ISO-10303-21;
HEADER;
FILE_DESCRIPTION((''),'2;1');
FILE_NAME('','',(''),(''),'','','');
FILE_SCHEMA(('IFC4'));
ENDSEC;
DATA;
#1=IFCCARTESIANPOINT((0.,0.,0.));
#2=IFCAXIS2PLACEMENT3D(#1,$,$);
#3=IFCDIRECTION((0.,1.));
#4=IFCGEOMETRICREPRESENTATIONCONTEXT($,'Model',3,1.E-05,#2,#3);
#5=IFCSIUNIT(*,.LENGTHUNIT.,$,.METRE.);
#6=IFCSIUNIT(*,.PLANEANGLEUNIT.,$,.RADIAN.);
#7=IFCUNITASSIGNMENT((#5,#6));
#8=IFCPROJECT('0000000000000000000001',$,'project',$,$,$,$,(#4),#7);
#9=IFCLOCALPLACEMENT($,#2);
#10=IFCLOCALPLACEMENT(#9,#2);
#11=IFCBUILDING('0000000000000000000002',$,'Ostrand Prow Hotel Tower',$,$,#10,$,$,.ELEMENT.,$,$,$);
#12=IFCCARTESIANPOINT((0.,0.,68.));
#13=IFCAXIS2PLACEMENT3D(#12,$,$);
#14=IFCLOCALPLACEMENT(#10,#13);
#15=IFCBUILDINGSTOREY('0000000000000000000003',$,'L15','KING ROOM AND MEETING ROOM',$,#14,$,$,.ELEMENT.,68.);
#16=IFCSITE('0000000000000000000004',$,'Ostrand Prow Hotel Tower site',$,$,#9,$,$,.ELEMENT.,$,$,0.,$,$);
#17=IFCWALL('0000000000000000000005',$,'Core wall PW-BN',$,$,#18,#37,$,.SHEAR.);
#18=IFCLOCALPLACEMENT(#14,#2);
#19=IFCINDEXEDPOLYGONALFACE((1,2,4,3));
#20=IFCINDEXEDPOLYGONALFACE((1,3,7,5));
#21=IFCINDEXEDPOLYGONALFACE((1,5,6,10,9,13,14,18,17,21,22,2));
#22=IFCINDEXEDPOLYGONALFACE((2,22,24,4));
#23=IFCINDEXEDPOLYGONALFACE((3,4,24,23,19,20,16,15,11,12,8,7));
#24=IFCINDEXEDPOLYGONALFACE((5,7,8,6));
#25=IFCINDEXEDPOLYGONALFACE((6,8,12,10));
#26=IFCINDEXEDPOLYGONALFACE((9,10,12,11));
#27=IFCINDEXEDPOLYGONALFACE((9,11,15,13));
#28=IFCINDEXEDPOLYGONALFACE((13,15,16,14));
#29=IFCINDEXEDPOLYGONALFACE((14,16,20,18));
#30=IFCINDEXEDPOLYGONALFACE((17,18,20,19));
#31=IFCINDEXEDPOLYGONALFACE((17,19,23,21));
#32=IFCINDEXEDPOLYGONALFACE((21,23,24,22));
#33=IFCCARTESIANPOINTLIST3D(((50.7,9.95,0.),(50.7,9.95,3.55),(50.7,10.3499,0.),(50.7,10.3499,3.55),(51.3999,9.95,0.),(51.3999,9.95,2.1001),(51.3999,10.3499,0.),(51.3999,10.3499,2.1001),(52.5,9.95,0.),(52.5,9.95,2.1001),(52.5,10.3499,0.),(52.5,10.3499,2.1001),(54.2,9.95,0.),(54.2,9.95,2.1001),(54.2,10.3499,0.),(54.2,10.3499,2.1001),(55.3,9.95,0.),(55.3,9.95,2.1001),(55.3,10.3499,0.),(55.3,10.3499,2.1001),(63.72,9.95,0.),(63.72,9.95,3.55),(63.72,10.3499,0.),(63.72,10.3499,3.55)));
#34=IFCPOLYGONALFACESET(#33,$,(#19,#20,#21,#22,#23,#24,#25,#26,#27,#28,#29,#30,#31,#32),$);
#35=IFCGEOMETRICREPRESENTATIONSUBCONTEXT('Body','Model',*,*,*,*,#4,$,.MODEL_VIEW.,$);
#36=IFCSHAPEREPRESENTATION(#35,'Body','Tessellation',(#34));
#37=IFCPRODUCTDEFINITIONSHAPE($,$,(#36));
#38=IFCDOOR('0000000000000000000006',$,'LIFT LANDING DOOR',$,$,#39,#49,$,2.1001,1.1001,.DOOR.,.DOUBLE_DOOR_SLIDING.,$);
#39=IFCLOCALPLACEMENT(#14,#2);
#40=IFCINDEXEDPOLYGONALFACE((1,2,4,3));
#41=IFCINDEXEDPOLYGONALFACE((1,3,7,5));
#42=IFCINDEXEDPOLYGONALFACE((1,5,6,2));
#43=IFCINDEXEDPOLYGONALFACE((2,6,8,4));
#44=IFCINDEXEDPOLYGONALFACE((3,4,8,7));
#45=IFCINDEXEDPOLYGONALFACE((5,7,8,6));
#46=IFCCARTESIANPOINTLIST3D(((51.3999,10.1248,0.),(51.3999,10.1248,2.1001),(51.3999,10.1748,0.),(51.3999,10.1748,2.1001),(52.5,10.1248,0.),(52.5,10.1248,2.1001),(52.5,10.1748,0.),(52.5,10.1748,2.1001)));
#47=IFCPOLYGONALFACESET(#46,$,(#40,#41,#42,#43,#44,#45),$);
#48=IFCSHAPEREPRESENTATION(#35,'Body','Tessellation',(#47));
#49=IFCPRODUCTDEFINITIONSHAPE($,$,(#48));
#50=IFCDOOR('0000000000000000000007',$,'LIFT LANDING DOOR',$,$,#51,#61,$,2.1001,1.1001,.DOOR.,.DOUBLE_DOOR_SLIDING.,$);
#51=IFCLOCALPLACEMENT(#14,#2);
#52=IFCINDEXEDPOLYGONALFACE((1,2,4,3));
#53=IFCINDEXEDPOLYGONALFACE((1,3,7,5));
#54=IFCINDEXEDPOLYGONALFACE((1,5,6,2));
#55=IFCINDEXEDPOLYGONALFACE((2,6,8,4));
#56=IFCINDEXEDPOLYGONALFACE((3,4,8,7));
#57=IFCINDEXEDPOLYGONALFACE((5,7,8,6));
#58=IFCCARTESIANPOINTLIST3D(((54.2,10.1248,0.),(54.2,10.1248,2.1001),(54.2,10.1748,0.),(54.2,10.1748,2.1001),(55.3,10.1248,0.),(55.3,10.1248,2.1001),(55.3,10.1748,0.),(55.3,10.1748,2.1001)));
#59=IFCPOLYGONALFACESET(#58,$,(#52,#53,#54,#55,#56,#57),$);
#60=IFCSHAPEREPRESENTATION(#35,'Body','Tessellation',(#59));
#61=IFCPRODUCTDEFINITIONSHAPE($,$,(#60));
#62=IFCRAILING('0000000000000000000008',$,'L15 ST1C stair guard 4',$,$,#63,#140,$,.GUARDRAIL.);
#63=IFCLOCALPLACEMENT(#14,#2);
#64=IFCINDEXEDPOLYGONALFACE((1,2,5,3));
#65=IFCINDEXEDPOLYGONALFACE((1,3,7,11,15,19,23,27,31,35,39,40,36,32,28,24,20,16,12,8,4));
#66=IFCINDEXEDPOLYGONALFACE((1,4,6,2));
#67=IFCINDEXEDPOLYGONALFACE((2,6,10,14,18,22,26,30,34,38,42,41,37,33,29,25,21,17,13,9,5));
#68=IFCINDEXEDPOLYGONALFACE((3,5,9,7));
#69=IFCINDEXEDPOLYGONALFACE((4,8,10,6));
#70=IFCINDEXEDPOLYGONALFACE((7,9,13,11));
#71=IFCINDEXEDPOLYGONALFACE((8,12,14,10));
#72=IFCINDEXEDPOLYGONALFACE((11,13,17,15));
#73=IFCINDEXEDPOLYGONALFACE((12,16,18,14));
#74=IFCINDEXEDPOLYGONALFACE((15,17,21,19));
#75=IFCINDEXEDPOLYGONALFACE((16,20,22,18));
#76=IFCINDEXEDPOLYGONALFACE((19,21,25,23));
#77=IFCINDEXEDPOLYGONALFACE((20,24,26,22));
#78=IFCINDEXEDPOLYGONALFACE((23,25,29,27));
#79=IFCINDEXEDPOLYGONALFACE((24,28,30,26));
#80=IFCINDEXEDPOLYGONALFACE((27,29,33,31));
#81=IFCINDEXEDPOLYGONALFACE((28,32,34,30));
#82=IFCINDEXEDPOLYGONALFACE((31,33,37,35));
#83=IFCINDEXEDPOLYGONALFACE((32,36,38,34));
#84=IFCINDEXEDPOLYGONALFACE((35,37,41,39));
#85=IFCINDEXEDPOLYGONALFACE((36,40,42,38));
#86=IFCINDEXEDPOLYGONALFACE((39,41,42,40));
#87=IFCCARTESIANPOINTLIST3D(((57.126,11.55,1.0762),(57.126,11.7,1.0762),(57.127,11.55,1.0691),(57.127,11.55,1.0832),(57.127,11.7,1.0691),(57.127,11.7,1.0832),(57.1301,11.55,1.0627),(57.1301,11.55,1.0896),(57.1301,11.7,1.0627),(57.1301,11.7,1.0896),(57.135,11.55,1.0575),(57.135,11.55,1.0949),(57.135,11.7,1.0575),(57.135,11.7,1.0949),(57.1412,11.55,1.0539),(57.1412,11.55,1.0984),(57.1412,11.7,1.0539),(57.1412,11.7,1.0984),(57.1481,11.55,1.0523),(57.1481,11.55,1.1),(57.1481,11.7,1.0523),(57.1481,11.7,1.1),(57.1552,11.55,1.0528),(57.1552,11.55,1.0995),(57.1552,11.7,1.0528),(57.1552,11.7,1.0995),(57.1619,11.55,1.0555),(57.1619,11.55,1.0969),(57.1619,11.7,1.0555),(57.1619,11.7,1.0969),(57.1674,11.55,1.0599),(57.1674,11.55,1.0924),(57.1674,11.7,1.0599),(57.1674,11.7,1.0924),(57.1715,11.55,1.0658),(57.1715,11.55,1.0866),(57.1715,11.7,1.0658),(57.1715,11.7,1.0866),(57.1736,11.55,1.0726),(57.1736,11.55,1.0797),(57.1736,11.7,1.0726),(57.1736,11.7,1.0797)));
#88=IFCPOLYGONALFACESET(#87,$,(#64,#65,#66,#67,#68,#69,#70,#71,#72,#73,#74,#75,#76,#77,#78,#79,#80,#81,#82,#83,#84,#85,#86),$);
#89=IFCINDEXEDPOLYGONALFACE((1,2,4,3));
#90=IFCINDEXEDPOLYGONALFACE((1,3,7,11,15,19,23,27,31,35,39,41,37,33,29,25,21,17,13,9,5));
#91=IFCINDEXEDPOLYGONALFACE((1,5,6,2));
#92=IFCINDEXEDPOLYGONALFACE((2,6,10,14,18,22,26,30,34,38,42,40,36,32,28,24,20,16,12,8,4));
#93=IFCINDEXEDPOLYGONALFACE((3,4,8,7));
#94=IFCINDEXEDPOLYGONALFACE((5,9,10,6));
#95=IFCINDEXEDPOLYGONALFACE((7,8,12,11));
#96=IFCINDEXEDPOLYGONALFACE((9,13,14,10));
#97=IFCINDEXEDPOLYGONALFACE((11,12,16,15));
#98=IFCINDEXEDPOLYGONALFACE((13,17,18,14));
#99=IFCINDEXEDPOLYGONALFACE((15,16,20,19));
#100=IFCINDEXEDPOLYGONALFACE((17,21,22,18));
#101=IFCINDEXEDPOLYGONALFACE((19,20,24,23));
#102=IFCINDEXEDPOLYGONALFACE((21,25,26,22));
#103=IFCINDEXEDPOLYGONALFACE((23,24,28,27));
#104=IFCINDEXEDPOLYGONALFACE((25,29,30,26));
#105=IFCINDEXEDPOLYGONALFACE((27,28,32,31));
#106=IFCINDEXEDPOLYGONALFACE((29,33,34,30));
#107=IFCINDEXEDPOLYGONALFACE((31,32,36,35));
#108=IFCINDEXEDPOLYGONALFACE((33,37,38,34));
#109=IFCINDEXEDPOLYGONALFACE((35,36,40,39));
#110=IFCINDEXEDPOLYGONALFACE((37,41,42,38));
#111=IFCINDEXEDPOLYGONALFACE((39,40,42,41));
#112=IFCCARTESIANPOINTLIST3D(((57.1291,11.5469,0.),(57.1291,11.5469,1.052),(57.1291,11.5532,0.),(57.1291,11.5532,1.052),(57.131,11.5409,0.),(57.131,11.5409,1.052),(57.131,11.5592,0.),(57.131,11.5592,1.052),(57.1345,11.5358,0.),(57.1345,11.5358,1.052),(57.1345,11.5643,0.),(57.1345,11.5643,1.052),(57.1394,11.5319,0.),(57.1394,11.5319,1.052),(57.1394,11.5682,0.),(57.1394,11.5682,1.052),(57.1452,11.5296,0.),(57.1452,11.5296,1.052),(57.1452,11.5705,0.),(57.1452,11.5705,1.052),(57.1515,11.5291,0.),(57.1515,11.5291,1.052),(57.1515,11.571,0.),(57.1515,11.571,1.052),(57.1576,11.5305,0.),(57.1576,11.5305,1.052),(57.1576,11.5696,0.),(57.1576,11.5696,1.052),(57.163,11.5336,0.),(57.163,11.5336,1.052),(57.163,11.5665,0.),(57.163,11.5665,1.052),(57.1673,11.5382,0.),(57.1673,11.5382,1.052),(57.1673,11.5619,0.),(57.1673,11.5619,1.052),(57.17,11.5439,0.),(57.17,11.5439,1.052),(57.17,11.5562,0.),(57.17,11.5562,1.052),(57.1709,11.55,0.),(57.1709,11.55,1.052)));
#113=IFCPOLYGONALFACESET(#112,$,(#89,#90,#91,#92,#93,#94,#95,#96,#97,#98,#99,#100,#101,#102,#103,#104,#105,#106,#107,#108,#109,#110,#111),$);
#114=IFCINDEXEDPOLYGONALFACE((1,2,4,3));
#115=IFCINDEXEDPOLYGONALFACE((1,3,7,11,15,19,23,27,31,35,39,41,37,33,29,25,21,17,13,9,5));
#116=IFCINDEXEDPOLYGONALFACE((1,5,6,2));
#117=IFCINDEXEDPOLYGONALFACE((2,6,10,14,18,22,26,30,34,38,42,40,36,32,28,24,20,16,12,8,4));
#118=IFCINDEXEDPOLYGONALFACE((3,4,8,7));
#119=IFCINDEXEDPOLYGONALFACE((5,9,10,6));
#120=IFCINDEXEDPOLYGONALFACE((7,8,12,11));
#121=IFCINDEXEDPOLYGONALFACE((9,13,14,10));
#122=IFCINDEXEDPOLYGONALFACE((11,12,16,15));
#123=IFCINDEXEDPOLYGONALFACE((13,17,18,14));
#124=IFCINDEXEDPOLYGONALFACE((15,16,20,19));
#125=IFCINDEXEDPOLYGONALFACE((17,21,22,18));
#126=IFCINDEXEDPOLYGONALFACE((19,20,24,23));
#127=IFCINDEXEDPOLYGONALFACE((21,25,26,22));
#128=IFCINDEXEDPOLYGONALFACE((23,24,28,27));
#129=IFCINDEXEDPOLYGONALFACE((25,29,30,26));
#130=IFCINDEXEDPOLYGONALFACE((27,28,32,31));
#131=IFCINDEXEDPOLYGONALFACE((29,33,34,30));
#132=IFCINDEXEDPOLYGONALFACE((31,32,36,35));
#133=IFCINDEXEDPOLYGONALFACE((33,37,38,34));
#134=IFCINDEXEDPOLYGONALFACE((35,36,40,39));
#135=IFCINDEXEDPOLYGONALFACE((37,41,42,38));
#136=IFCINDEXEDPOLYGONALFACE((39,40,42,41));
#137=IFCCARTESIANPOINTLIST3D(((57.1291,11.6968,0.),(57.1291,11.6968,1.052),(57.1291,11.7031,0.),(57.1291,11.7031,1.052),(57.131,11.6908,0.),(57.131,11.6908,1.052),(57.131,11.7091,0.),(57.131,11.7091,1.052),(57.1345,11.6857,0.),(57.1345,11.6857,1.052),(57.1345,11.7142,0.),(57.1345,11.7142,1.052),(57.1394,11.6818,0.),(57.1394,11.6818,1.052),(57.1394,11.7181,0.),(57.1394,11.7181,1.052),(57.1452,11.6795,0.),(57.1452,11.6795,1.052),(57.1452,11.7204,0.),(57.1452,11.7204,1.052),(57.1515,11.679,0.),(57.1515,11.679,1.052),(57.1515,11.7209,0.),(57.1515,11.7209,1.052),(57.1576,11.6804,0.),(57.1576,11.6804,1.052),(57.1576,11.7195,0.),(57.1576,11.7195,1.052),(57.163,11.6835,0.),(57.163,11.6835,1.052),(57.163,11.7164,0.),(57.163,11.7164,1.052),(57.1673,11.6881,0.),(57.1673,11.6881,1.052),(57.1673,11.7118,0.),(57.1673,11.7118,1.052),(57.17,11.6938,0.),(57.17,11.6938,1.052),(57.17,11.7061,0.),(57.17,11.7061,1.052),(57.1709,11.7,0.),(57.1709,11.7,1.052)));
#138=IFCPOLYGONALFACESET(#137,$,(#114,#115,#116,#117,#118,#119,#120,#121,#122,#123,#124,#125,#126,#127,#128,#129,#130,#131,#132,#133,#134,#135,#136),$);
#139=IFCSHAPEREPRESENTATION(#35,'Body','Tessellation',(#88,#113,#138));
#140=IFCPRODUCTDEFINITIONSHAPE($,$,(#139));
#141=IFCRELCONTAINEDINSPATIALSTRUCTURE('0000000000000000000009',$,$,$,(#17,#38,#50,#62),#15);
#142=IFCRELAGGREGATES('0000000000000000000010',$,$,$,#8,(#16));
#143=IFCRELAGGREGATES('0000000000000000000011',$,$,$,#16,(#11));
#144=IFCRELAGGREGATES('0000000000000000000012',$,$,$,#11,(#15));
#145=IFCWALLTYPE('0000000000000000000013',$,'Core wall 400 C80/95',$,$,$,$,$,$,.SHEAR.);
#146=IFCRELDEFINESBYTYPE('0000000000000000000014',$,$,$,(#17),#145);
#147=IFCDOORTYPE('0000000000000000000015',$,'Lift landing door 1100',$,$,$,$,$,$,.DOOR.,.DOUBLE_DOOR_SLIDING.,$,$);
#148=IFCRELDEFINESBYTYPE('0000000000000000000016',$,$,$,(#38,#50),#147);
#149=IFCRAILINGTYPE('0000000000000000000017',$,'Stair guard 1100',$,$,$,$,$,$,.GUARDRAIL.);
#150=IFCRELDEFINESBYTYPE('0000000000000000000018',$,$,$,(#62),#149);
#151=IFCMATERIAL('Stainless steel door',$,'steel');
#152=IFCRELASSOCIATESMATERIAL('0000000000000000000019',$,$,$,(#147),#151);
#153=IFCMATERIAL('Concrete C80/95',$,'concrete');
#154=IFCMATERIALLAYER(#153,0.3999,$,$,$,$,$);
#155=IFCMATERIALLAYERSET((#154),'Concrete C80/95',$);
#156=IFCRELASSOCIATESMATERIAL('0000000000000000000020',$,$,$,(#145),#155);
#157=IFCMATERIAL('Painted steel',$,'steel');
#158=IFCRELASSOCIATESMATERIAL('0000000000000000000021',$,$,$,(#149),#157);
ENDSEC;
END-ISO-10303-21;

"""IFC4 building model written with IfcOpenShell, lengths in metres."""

from ifc_helpers import new_model, si_unit, direction, frame, frame_2d, origin, origin_2d, place, context, subcontext, project, spatial, rectangle, circle, extrude, material, layer, layer_set, type_object, element, fill, save


model = new_model("IFC4")

# Units and contexts
model_context = context("Model", 3, precision=1e-05, world=origin(), true_north=direction((0.0, 1.0)))
body_context = subcontext(model_context, "Body", "Model", "MODEL_VIEW")
ifc_project = project(units=[si_unit("LENGTHUNIT", "METRE"), si_unit("PLANEANGLEUNIT", "RADIAN")], contexts=[model_context])

# Site, building, storey
site_placement = place(None, origin())
site = spatial("IfcSite", under=ifc_project, at=site_placement, Name="Ostrand Prow Hotel Tower site", CompositionType="ELEMENT", RefElevation=0.0)
building_placement = place(site_placement, origin())
building = spatial("IfcBuilding", under=site, at=building_placement, Name="Ostrand Prow Hotel Tower", CompositionType="ELEMENT")
storey_placement = place(building_placement, frame((0.0, 0.0, 68.0)))
storey = spatial("IfcBuildingStorey", under=building, at=storey_placement, Name="L15", Description="KING ROOM AND MEETING ROOM", CompositionType="ELEMENT", Elevation=68.0)

# Shared definitions
ifc_material_1 = material(Name="Stainless steel door", Category="steel")
door_type_1 = type_object("IfcDoorType", Name="Lift landing door 1100", OperationType="DOUBLE_DOOR_SLIDING", PredefinedType="DOOR", material=ifc_material_1)

# Wall, openings, doors
ifc_material_2 = material(Name="Concrete C80/95", Category="concrete")
ifc_layer_1 = layer(ifc_material_2, 0.3999)
ifc_layer_set_1 = layer_set([ifc_layer_1], Name="Concrete C80/95")
wall_type_1 = type_object("IfcWallType", Name="Core wall 400 C80/95", PredefinedType="SHEAR", material=ifc_layer_set_1)
wall_1_placement = place(storey_placement, frame((50.7, 10.1499, 0.0), z_axis=(0.0, 0.0, 1.0), x_axis=(1.0, 0.0, 0.0)))
wall_1 = element("IfcWall", 1, at=wall_1_placement, inside=storey, type_object=wall_type_1, Name="Core wall PW-BN", PredefinedType="SHEAR", context=body_context, shape_type="SweptSolid", body=[
    extrude(rectangle(XDim=13.02, YDim=0.3999, at=frame_2d((6.51, 0.0))), origin(), (0.0, 0.0, 1.0), 3.55),
])
opening_1_placement = place(wall_1_placement, frame((0.7, 0.0, 0.0)))
opening_1 = element("IfcOpeningElement", 2, at=opening_1_placement, cuts=wall_1, PredefinedType="OPENING", context=body_context, shape_type="SweptSolid", body=[
    extrude(rectangle(XDim=1.1001, YDim=2.1001, at=frame_2d((0.55, 1.05))), frame((0.0, 0.21, 0.0), z_axis=(0.0, -1.0, 0.0), x_axis=(1.0, 0.0, 0.0)), (0.0, 0.0, 1.0), 0.4199),
])
opening_2_placement = place(wall_1_placement, frame((3.5, 0.0, 0.0)))
opening_2 = element("IfcOpeningElement", 3, at=opening_2_placement, cuts=wall_1, PredefinedType="OPENING", context=body_context, shape_type="SweptSolid", body=[
    extrude(rectangle(XDim=1.1001, YDim=2.1001, at=frame_2d((0.55, 1.05))), frame((0.0, 0.21, 0.0), z_axis=(0.0, -1.0, 0.0), x_axis=(1.0, 0.0, 0.0)), (0.0, 0.0, 1.0), 0.4199),
])
door_1_placement = place(opening_1_placement, origin())
door_1 = element("IfcDoor", 4, at=door_1_placement, inside=storey, type_object=door_type_1, Name="LIFT LANDING DOOR", OperationType="DOUBLE_DOOR_SLIDING", OverallHeight=2.1001, OverallWidth=1.1001, PredefinedType="DOOR", context=body_context, shape_type="SweptSolid", body=[
    extrude(rectangle(XDim=1.1001, YDim=2.1001, at=frame_2d((0.55, 1.05))), frame((0.0, 0.0249, 0.0), z_axis=(0.0, -1.0, 0.0), x_axis=(1.0, 0.0, 0.0)), (0.0, 0.0, 1.0), 0.05),
])
fill(opening_1, door_1)
door_2_placement = place(opening_2_placement, origin())
door_2 = element("IfcDoor", 5, at=door_2_placement, inside=storey, type_object=door_type_1, Name="LIFT LANDING DOOR", OperationType="DOUBLE_DOOR_SLIDING", OverallHeight=2.1001, OverallWidth=1.1001, PredefinedType="DOOR", context=body_context, shape_type="SweptSolid", body=[
    extrude(rectangle(XDim=1.1001, YDim=2.1001, at=frame_2d((0.55, 1.05))), frame((0.0, 0.0249, 0.0), z_axis=(0.0, -1.0, 0.0), x_axis=(1.0, 0.0, 0.0)), (0.0, 0.0, 1.0), 0.05),
])
fill(opening_2, door_2)

# Railing
ifc_material_3 = material(Name="Painted steel", Category="steel")
railing_type_1 = type_object("IfcRailingType", Name="Stair guard 1100", PredefinedType="GUARDRAIL", material=ifc_material_3)
railing_1_placement = place(storey_placement, frame((57.1499, 11.55, 0.0)))
element("IfcRailing", 6, at=railing_1_placement, inside=storey, type_object=railing_type_1, Name="L15 ST1C stair guard 4", PredefinedType="GUARDRAIL", context=body_context, shape_type="SweptSolid", body=[
    extrude(circle(Radius=0.0239, at=origin_2d()), frame((0.0, 0.0, 1.0762), z_axis=(0.0, 1.0, 0.0), x_axis=(-1.0, 0.0, 0.0)), (0.0, 0.0, 1.0), 0.1499),
    extrude(circle(Radius=0.021, at=origin_2d()), origin(), (0.0, 0.0, 1.0), 1.052),
    extrude(circle(Radius=0.021, at=origin_2d()), frame((0.0, 0.1499, 0.0)), (0.0, 0.0, 1.0), 1.052),
])

save(model, "model.ifc")
